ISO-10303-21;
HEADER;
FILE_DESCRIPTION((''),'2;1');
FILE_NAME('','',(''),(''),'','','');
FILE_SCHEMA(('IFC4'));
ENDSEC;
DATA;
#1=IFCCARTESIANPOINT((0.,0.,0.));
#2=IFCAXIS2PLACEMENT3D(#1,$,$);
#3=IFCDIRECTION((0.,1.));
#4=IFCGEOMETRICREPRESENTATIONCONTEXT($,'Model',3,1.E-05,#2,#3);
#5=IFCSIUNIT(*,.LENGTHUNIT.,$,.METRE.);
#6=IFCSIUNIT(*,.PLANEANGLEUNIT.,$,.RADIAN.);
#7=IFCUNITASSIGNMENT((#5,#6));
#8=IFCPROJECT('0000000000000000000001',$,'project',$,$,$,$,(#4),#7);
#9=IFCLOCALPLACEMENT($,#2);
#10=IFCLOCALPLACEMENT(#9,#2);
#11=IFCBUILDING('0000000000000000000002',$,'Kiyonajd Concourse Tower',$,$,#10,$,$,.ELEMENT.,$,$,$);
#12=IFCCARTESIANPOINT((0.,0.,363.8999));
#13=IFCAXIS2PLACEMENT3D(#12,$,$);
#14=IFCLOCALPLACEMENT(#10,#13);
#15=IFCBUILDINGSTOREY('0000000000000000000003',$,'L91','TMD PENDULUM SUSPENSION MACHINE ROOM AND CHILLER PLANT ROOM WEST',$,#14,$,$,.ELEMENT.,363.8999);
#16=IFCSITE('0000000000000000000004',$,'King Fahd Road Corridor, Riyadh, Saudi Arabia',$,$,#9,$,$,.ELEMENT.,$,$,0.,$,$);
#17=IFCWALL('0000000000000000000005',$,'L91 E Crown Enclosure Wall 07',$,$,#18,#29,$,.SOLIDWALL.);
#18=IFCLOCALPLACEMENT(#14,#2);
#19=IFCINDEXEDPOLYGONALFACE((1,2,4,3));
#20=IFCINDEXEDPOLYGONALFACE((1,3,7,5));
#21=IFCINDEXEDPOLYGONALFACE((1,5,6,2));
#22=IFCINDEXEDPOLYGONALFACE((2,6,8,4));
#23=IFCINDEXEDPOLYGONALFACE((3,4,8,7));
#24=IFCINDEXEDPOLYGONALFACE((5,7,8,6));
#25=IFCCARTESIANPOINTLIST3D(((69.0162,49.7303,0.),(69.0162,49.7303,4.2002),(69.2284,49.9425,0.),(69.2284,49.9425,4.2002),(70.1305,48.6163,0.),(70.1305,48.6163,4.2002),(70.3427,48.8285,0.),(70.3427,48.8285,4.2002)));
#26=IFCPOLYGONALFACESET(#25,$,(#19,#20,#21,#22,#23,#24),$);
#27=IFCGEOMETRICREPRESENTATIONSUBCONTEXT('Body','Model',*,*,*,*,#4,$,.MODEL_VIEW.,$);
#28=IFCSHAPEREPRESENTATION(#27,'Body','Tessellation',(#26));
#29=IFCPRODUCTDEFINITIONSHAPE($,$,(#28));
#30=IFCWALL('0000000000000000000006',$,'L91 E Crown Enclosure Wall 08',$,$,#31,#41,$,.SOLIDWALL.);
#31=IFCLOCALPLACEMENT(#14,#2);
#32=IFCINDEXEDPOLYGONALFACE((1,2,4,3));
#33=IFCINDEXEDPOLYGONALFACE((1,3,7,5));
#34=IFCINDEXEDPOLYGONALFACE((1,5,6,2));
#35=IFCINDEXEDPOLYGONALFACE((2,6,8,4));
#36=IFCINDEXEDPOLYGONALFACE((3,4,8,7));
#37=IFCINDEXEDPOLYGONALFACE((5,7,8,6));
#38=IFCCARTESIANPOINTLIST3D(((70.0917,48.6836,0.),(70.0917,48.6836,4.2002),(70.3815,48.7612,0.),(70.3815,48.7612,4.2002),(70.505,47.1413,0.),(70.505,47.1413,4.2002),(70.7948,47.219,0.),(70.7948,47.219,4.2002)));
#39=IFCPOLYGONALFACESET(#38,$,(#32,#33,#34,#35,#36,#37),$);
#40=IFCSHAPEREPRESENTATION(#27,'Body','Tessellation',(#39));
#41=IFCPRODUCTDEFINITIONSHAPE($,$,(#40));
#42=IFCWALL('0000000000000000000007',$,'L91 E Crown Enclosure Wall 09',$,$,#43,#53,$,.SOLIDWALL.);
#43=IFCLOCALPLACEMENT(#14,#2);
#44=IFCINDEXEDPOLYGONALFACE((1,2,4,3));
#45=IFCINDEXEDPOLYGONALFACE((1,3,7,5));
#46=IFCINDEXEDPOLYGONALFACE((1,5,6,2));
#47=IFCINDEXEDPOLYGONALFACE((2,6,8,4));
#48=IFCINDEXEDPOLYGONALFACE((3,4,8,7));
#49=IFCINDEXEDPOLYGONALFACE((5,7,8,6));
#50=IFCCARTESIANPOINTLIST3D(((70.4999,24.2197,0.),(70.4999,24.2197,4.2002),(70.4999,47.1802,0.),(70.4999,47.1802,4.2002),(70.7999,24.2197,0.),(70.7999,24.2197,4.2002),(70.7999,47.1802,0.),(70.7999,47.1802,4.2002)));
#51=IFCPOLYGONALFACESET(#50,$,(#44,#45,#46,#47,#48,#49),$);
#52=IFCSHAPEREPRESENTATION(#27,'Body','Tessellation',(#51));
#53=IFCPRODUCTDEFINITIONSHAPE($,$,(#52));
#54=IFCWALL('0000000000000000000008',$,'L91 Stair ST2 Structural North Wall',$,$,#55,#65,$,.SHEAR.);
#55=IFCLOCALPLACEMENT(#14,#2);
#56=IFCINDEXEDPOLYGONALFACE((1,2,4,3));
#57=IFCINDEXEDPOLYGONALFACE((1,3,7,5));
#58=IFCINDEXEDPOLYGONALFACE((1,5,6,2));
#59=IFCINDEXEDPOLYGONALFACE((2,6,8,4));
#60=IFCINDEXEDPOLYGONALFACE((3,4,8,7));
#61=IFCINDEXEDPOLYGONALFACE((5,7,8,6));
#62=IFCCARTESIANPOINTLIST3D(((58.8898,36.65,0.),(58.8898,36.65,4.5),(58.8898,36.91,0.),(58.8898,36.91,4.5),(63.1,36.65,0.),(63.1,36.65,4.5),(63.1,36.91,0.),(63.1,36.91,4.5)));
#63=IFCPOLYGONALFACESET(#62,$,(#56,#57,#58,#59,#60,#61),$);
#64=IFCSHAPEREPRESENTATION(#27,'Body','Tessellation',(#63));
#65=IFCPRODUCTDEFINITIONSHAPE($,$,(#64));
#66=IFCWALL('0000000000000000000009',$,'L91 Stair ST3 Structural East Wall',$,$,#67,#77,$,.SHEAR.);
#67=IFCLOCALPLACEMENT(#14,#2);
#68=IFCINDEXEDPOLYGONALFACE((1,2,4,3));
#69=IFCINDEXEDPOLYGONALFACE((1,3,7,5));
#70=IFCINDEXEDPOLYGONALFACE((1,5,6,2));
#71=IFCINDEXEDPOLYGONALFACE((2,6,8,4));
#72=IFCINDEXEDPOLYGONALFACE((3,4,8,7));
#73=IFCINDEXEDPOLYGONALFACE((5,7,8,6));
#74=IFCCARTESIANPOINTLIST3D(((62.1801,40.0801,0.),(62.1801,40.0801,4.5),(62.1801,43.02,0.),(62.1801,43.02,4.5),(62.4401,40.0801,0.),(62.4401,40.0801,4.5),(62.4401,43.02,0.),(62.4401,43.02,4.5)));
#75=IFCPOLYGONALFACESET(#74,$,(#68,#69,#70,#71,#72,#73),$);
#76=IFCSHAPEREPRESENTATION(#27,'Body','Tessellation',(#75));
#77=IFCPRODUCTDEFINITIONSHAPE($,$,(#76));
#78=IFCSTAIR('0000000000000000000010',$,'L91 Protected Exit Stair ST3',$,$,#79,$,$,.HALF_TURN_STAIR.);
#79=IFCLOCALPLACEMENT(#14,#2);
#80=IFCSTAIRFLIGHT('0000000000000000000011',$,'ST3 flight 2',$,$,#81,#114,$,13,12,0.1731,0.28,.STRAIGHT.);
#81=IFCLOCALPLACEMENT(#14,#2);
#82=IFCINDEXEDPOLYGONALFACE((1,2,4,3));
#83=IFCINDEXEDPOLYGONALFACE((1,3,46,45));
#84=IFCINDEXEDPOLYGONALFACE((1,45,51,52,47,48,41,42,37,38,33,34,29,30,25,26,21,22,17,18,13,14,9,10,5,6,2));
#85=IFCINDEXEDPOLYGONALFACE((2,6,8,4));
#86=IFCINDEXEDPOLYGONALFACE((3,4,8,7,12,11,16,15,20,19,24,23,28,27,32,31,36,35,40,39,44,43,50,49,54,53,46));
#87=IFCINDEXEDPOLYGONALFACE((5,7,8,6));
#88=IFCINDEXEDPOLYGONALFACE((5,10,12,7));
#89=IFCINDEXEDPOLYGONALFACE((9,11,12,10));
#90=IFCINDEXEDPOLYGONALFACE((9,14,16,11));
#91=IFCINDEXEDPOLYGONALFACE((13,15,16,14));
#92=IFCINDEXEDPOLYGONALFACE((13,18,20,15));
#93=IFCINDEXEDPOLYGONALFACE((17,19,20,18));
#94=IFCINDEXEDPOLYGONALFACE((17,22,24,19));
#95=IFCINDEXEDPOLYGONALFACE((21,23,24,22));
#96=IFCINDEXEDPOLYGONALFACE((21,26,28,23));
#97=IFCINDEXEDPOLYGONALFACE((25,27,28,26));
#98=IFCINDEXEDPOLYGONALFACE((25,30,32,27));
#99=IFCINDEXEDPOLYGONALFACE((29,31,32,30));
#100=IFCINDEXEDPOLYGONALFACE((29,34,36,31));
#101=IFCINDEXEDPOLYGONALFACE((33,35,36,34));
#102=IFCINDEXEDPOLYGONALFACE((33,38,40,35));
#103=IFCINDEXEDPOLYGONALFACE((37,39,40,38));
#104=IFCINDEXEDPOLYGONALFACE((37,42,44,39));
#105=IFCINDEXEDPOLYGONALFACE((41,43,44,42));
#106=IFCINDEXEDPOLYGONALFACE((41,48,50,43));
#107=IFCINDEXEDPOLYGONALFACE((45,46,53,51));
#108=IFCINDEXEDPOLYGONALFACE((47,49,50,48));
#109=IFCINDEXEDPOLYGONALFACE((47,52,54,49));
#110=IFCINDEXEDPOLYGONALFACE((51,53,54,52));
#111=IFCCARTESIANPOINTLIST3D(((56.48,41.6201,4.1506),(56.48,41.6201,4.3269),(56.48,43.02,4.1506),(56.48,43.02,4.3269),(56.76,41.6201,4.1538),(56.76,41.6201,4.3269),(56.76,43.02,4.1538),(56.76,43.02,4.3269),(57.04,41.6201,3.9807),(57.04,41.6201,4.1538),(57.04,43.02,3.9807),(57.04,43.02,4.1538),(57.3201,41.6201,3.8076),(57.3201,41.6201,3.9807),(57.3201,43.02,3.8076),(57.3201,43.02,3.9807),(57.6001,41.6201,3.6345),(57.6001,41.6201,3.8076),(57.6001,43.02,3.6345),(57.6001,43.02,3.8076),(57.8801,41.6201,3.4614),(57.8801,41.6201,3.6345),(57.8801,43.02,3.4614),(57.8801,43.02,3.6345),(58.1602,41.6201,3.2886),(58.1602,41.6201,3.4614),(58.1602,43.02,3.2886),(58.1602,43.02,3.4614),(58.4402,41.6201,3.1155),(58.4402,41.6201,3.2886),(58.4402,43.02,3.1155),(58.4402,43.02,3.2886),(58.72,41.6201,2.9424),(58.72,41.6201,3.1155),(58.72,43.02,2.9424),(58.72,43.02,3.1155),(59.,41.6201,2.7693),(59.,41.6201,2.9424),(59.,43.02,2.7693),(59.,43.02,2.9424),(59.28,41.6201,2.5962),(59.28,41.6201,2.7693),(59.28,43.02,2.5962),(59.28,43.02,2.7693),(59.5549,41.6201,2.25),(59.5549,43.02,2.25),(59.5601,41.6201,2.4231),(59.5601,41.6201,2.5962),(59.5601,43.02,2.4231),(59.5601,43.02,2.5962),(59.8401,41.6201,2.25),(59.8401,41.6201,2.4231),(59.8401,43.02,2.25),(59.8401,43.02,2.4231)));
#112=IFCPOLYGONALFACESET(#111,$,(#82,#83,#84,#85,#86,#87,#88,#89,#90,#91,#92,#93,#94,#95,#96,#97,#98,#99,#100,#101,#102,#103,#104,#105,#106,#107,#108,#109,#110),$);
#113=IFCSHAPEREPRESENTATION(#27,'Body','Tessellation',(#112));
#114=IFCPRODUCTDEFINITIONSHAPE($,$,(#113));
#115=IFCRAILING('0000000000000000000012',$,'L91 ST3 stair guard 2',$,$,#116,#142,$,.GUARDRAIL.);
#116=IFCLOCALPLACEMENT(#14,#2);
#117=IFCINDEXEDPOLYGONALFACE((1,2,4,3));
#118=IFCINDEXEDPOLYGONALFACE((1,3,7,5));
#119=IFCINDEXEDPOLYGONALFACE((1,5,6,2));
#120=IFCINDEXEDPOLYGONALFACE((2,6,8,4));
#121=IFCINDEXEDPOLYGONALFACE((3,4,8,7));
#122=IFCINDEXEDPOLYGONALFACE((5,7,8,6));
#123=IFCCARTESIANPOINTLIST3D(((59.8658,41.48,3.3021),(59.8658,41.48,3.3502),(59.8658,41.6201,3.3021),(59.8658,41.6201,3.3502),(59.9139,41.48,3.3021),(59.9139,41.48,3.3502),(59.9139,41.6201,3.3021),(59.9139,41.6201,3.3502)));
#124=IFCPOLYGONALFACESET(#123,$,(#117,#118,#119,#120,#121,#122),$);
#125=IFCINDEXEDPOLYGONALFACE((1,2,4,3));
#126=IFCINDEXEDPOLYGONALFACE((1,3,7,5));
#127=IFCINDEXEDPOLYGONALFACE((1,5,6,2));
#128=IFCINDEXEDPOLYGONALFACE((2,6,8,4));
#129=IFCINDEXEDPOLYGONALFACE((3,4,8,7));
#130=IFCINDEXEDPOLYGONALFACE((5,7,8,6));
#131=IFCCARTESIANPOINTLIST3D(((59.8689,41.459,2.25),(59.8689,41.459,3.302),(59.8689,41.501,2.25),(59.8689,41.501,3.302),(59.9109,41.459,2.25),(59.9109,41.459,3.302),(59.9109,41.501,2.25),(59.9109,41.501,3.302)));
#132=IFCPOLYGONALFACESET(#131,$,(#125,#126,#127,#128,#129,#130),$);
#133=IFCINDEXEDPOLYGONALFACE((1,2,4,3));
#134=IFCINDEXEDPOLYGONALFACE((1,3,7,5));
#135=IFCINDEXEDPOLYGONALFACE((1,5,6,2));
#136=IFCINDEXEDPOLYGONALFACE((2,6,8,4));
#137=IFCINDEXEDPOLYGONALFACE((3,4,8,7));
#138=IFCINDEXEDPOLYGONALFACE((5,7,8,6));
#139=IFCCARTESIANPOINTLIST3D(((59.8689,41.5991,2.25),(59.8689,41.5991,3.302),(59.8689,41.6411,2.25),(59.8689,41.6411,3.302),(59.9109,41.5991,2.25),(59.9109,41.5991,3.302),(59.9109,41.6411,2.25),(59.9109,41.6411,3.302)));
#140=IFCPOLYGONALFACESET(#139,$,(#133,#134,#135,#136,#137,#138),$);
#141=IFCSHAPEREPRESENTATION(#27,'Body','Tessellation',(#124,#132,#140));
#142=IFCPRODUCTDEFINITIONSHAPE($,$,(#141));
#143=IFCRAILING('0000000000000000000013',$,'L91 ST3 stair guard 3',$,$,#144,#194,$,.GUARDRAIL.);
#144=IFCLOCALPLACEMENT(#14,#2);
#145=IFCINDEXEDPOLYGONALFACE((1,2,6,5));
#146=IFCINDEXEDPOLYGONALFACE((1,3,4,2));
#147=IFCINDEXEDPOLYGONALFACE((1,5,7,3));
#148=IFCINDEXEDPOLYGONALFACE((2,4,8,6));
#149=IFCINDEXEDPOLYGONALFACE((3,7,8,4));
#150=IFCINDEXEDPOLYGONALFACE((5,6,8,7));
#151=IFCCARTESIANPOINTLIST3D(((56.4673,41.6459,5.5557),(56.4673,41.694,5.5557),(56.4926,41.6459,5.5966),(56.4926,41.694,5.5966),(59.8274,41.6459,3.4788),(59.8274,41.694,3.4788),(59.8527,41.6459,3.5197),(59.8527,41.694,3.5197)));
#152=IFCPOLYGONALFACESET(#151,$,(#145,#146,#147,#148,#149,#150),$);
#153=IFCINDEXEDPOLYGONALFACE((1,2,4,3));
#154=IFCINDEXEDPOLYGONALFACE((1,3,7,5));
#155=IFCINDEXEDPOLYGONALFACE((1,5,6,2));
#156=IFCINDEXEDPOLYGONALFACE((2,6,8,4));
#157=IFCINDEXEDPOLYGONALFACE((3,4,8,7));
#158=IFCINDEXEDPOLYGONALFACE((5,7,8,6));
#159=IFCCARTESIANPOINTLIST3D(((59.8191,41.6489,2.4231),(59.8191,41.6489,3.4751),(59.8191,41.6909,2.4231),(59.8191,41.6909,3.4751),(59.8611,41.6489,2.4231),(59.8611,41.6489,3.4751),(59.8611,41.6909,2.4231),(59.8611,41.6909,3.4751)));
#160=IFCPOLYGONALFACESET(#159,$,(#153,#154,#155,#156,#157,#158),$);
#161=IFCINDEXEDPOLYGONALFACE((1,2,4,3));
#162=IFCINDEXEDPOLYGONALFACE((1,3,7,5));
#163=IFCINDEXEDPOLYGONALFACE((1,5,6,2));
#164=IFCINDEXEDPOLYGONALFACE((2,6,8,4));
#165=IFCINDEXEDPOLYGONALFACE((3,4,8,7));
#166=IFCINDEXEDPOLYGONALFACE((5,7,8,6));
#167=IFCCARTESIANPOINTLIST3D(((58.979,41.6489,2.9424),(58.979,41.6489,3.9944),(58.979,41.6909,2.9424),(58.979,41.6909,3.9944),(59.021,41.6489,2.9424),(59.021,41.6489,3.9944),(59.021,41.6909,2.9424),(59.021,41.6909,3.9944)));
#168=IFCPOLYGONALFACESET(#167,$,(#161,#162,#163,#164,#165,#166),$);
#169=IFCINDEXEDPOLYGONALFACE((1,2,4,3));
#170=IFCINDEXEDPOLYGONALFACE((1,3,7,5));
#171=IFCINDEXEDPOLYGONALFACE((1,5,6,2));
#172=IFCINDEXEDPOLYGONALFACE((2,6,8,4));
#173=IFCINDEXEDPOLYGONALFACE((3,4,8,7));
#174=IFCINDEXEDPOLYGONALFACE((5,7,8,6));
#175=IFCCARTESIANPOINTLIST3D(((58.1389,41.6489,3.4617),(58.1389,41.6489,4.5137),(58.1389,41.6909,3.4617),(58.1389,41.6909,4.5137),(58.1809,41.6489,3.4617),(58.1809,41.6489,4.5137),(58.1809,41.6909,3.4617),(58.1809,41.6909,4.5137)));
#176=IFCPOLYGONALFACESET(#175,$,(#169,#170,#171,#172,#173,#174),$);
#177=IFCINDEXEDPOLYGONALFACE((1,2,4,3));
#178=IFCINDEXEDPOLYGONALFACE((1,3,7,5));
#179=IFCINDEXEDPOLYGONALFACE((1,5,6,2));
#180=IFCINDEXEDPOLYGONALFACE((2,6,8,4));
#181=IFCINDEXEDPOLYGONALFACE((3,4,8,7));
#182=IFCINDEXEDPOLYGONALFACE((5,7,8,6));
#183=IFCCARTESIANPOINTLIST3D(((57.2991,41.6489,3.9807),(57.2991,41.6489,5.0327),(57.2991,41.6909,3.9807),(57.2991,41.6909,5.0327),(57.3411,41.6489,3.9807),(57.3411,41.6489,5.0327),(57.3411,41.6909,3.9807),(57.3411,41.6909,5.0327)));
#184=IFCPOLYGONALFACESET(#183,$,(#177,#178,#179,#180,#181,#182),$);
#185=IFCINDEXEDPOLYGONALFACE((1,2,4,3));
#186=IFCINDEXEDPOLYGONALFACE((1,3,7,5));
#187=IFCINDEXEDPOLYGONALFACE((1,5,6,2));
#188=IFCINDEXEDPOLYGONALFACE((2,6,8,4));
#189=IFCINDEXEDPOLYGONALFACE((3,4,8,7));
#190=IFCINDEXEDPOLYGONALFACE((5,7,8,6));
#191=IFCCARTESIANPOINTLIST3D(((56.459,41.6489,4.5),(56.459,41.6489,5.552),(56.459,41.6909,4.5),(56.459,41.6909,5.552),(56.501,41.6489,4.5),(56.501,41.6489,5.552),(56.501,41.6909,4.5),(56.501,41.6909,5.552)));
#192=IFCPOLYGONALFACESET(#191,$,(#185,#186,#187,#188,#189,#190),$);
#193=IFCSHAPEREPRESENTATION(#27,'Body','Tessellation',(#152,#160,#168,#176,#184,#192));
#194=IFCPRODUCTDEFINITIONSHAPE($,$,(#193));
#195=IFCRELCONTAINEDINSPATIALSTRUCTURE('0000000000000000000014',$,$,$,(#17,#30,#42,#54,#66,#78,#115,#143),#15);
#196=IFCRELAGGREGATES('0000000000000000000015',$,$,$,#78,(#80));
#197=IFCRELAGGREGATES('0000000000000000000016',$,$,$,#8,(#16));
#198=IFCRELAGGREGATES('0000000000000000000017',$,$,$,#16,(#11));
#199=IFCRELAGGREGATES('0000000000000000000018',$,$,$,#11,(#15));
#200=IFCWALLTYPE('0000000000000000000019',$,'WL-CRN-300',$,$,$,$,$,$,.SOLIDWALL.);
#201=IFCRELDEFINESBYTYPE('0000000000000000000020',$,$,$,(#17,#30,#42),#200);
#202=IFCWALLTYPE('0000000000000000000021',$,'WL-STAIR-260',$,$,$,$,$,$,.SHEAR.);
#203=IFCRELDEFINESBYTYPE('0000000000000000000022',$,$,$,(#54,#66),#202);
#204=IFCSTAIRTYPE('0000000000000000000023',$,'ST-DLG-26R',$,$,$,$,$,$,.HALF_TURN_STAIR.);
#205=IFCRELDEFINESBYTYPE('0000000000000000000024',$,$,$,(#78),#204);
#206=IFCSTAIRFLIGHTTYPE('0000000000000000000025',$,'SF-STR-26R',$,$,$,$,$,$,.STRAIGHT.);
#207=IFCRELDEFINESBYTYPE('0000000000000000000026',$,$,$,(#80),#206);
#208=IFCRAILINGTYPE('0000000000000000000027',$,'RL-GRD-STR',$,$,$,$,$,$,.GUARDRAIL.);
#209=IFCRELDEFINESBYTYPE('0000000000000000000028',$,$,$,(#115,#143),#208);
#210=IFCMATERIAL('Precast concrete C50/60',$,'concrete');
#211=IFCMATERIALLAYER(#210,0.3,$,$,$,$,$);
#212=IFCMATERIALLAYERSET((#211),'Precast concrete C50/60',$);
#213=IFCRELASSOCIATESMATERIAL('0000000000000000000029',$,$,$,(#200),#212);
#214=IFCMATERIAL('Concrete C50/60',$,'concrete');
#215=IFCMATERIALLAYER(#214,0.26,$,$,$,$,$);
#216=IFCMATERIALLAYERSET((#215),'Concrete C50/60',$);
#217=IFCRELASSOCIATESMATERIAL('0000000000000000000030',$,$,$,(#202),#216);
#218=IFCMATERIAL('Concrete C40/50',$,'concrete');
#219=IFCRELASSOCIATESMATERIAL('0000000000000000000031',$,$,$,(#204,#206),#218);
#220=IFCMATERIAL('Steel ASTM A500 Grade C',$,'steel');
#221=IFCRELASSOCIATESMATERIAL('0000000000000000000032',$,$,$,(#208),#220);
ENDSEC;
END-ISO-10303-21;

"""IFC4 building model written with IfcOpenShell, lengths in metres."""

from ifc_helpers import new_model, si_unit, direction, frame, frame_2d, origin, origin_2d, place, context, subcontext, project, spatial, polyline, rectangle, outline, extrude, material, layer, layer_set, type_object, element, aggregate, save


model = new_model("IFC4")

# Units and contexts
model_context = context("Model", 3, precision=1e-05, world=origin(), true_north=direction((0.0, 1.0)))
body_context = subcontext(model_context, "Body", "Model", "MODEL_VIEW")
ifc_project = project(units=[si_unit("LENGTHUNIT", "METRE"), si_unit("PLANEANGLEUNIT", "RADIAN")], contexts=[model_context])

# Site, building, storey
site_placement = place(None, origin())
site = spatial("IfcSite", under=ifc_project, at=site_placement, Name="King Fahd Road Corridor, Riyadh, Saudi Arabia", CompositionType="ELEMENT", RefElevation=0.0)
building_placement = place(site_placement, origin())
building = spatial("IfcBuilding", under=site, at=building_placement, Name="Kiyonajd Concourse Tower", CompositionType="ELEMENT")
storey_placement = place(building_placement, frame((0.0, 0.0, 363.8999)))
storey = spatial("IfcBuildingStorey", under=building, at=storey_placement, Name="L91", Description="TMD PENDULUM SUSPENSION MACHINE ROOM AND CHILLER PLANT ROOM WEST", CompositionType="ELEMENT", Elevation=363.8999)

# Walls
ifc_material_1 = material(Name="Precast concrete C50/60", Category="concrete")
ifc_layer_1 = layer(ifc_material_1, 0.3)
ifc_layer_set_1 = layer_set([ifc_layer_1], Name="Precast concrete C50/60")
wall_type_1 = type_object("IfcWallType", Name="WL-CRN-300", PredefinedType="SOLIDWALL", material=ifc_layer_set_1)
wall_1_placement = place(storey_placement, frame((69.1223, 49.8364, 0.0), z_axis=(0.0, 0.0, 1.0), x_axis=(0.707184, -0.707029, 0.0)))
element("IfcWall", 1, at=wall_1_placement, inside=storey, type_object=wall_type_1, Name="L91 E Crown Enclosure Wall 07", PredefinedType="SOLIDWALL", context=body_context, shape_type="SweptSolid", body=[
    extrude(rectangle(XDim=1.5757, YDim=0.3, at=frame_2d((0.7878, 0.0))), origin(), (0.0, 0.0, 1.0), 4.2002),
])
wall_2_placement = place(storey_placement, frame((70.2366, 48.7224, 0.0), z_axis=(0.0, 0.0, 1.0), x_axis=(0.258871, -0.965912, 0.0)))
element("IfcWall", 2, at=wall_2_placement, inside=storey, type_object=wall_type_1, Name="L91 E Crown Enclosure Wall 08", PredefinedType="SOLIDWALL", context=body_context, shape_type="SweptSolid", body=[
    extrude(rectangle(XDim=1.5967, YDim=0.3, at=frame_2d((0.7983, 0.0))), origin(), (0.0, 0.0, 1.0), 4.2002),
])
wall_3_placement = place(storey_placement, frame((70.6499, 47.1802, 0.0), z_axis=(0.0, 0.0, 1.0), x_axis=(0.0, -1.0, 0.0)))
element("IfcWall", 3, at=wall_3_placement, inside=storey, type_object=wall_type_1, Name="L91 E Crown Enclosure Wall 09", PredefinedType="SOLIDWALL", context=body_context, shape_type="SweptSolid", body=[
    extrude(rectangle(XDim=22.9604, YDim=0.3, at=frame_2d((11.4802, 0.0))), origin(), (0.0, 0.0, 1.0), 4.2002),
])
ifc_material_2 = material(Name="Concrete C50/60", Category="concrete")
ifc_layer_2 = layer(ifc_material_2, 0.26)
ifc_layer_set_2 = layer_set([ifc_layer_2], Name="Concrete C50/60")
wall_type_2 = type_object("IfcWallType", Name="WL-STAIR-260", PredefinedType="SHEAR", material=ifc_layer_set_2)
wall_4_placement = place(storey_placement, frame((58.8899, 36.78, 0.0), z_axis=(0.0, 0.0, 1.0), x_axis=(1.0, 0.0, 0.0)))
element("IfcWall", 4, at=wall_4_placement, inside=storey, type_object=wall_type_2, Name="L91 Stair ST2 Structural North Wall", PredefinedType="SHEAR", context=body_context, shape_type="SweptSolid", body=[
    extrude(rectangle(XDim=4.2102, YDim=0.26, at=frame_2d((2.105, 0.0))), origin(), (0.0, 0.0, 1.0), 4.5),
])
wall_5_placement = place(storey_placement, frame((62.3101, 40.0801, 0.0), z_axis=(0.0, 0.0, 1.0), x_axis=(0.0, 1.0, 0.0)))
element("IfcWall", 5, at=wall_5_placement, inside=storey, type_object=wall_type_2, Name="L91 Stair ST3 Structural East Wall", PredefinedType="SHEAR", context=body_context, shape_type="SweptSolid", body=[
    extrude(rectangle(XDim=2.9399, YDim=0.26, at=frame_2d((1.47, 0.0))), origin(), (0.0, 0.0, 1.0), 4.5),
])

# Stair, stair flight
ifc_material_3 = material(Name="Concrete C40/50", Category="concrete")
stair_type = type_object("IfcStairType", Name="ST-DLG-26R", PredefinedType="HALF_TURN_STAIR", material=ifc_material_3)
stair_placement = place(storey_placement, origin())
stair = element("IfcStair", 6, at=stair_placement, inside=storey, type_object=stair_type, Name="L91 Protected Exit Stair ST3", PredefinedType="HALF_TURN_STAIR")
stair_flight_type = type_object("IfcStairFlightType", Name="SF-STR-26R", PredefinedType="STRAIGHT", material=ifc_material_3)
stair_flight_placement = place(storey_placement, frame((59.8401, 42.3201, 2.25), z_axis=(0.0, 0.0, 1.0), x_axis=(-1.0, 0.0, 0.0)))
stair_flight = element("IfcStairFlight", 7, at=stair_flight_placement, type_object=stair_flight_type, Name="ST3 flight 2", NumberOfRisers=13, NumberOfTreads=12, PredefinedType="STRAIGHT", RiserHeight=0.1731, TreadLength=0.28, context=body_context, shape_type="SweptSolid", body=[
    extrude(outline(polyline([(0.0, 0.0), (0.0, 0.1731), (0.28, 0.1731), (0.28, 0.3462), (0.5601, 0.3462), (0.5601, 0.5193), (0.8401, 0.5193), (0.8401, 0.6924), (1.1201, 0.6924), (1.1201, 0.8655), (1.3999, 0.8655), (1.3999, 1.0386), (1.6799, 1.0386), (1.6799, 1.2114), (1.96, 1.2114), (1.96, 1.3845), (2.24, 1.3845), (2.24, 1.5576), (2.52, 1.5576), (2.52, 1.7307), (2.8, 1.7307), (2.8, 1.9038), (3.0801, 1.9038), (3.0801, 2.0769), (3.3601, 2.0769), (3.3601, 2.25), (3.3601, 1.9006), (0.2852, 0.0), (0.0, 0.0)])), frame((0.0, 0.7, 0.0), z_axis=(0.0, -1.0, 0.0), x_axis=(1.0, 0.0, 0.0)), (0.0, 0.0, 1.0), 1.3999),
])
aggregate(stair, [stair_flight])

# Railings
ifc_material_4 = material(Name="Steel ASTM A500 Grade C", Category="steel")
railing_type_1 = type_object("IfcRailingType", Name="RL-GRD-STR", PredefinedType="GUARDRAIL", material=ifc_material_4)
railing_1_placement = place(storey_placement, frame((59.8899, 41.48, 2.25)))
element("IfcRailing", 8, at=railing_1_placement, inside=storey, type_object=railing_type_1, Name="L91 ST3 stair guard 2", PredefinedType="GUARDRAIL", context=body_context, shape_type="SweptSolid", body=[
    extrude(rectangle(XDim=0.0481, YDim=0.0481, at=origin_2d()), frame((0.0, 0.0, 1.0762), z_axis=(0.0, 1.0, 0.0), x_axis=(-1.0, 0.0, 0.0)), (0.0, 0.0, 1.0), 0.1401),
    extrude(rectangle(XDim=0.042, YDim=0.042, at=origin_2d()), origin(), (0.0, 0.0, 1.0), 1.052),
    extrude(rectangle(XDim=0.042, YDim=0.042, at=origin_2d()), frame((0.0, 0.1401, 0.0)), (0.0, 0.0, 1.0), 1.052),
])
railing_2_placement = place(storey_placement, frame((59.8401, 41.6699, 2.4231)))
element("IfcRailing", 9, at=railing_2_placement, inside=storey, type_object=railing_type_1, Name="L91 ST3 stair guard 3", PredefinedType="GUARDRAIL", context=body_context, shape_type="SweptSolid", body=[
    extrude(rectangle(XDim=0.0481, YDim=0.0481, at=origin_2d()), frame((0.0, 0.0, 1.0762), z_axis=(-0.850623, 0.0, 0.525776), x_axis=(0.0, -1.0, 0.0)), (0.0, 0.0, 1.0), 3.9502),
    extrude(rectangle(XDim=0.042, YDim=0.042, at=origin_2d()), origin(), (0.0, 0.0, 1.0), 1.052),
    extrude(rectangle(XDim=0.042, YDim=0.042, at=origin_2d()), frame((-0.8401, 0.0, 0.5193)), (0.0, 0.0, 1.0), 1.052),
    extrude(rectangle(XDim=0.042, YDim=0.042, at=origin_2d()), frame((-1.6802, 0.0, 1.0386)), (0.0, 0.0, 1.0), 1.052),
    extrude(rectangle(XDim=0.042, YDim=0.042, at=origin_2d()), frame((-2.52, 0.0, 1.5576)), (0.0, 0.0, 1.0), 1.052),
    extrude(rectangle(XDim=0.042, YDim=0.042, at=origin_2d()), frame((-3.3601, 0.0, 2.0769)), (0.0, 0.0, 1.0), 1.052),
])

save(model, "model.ifc")
